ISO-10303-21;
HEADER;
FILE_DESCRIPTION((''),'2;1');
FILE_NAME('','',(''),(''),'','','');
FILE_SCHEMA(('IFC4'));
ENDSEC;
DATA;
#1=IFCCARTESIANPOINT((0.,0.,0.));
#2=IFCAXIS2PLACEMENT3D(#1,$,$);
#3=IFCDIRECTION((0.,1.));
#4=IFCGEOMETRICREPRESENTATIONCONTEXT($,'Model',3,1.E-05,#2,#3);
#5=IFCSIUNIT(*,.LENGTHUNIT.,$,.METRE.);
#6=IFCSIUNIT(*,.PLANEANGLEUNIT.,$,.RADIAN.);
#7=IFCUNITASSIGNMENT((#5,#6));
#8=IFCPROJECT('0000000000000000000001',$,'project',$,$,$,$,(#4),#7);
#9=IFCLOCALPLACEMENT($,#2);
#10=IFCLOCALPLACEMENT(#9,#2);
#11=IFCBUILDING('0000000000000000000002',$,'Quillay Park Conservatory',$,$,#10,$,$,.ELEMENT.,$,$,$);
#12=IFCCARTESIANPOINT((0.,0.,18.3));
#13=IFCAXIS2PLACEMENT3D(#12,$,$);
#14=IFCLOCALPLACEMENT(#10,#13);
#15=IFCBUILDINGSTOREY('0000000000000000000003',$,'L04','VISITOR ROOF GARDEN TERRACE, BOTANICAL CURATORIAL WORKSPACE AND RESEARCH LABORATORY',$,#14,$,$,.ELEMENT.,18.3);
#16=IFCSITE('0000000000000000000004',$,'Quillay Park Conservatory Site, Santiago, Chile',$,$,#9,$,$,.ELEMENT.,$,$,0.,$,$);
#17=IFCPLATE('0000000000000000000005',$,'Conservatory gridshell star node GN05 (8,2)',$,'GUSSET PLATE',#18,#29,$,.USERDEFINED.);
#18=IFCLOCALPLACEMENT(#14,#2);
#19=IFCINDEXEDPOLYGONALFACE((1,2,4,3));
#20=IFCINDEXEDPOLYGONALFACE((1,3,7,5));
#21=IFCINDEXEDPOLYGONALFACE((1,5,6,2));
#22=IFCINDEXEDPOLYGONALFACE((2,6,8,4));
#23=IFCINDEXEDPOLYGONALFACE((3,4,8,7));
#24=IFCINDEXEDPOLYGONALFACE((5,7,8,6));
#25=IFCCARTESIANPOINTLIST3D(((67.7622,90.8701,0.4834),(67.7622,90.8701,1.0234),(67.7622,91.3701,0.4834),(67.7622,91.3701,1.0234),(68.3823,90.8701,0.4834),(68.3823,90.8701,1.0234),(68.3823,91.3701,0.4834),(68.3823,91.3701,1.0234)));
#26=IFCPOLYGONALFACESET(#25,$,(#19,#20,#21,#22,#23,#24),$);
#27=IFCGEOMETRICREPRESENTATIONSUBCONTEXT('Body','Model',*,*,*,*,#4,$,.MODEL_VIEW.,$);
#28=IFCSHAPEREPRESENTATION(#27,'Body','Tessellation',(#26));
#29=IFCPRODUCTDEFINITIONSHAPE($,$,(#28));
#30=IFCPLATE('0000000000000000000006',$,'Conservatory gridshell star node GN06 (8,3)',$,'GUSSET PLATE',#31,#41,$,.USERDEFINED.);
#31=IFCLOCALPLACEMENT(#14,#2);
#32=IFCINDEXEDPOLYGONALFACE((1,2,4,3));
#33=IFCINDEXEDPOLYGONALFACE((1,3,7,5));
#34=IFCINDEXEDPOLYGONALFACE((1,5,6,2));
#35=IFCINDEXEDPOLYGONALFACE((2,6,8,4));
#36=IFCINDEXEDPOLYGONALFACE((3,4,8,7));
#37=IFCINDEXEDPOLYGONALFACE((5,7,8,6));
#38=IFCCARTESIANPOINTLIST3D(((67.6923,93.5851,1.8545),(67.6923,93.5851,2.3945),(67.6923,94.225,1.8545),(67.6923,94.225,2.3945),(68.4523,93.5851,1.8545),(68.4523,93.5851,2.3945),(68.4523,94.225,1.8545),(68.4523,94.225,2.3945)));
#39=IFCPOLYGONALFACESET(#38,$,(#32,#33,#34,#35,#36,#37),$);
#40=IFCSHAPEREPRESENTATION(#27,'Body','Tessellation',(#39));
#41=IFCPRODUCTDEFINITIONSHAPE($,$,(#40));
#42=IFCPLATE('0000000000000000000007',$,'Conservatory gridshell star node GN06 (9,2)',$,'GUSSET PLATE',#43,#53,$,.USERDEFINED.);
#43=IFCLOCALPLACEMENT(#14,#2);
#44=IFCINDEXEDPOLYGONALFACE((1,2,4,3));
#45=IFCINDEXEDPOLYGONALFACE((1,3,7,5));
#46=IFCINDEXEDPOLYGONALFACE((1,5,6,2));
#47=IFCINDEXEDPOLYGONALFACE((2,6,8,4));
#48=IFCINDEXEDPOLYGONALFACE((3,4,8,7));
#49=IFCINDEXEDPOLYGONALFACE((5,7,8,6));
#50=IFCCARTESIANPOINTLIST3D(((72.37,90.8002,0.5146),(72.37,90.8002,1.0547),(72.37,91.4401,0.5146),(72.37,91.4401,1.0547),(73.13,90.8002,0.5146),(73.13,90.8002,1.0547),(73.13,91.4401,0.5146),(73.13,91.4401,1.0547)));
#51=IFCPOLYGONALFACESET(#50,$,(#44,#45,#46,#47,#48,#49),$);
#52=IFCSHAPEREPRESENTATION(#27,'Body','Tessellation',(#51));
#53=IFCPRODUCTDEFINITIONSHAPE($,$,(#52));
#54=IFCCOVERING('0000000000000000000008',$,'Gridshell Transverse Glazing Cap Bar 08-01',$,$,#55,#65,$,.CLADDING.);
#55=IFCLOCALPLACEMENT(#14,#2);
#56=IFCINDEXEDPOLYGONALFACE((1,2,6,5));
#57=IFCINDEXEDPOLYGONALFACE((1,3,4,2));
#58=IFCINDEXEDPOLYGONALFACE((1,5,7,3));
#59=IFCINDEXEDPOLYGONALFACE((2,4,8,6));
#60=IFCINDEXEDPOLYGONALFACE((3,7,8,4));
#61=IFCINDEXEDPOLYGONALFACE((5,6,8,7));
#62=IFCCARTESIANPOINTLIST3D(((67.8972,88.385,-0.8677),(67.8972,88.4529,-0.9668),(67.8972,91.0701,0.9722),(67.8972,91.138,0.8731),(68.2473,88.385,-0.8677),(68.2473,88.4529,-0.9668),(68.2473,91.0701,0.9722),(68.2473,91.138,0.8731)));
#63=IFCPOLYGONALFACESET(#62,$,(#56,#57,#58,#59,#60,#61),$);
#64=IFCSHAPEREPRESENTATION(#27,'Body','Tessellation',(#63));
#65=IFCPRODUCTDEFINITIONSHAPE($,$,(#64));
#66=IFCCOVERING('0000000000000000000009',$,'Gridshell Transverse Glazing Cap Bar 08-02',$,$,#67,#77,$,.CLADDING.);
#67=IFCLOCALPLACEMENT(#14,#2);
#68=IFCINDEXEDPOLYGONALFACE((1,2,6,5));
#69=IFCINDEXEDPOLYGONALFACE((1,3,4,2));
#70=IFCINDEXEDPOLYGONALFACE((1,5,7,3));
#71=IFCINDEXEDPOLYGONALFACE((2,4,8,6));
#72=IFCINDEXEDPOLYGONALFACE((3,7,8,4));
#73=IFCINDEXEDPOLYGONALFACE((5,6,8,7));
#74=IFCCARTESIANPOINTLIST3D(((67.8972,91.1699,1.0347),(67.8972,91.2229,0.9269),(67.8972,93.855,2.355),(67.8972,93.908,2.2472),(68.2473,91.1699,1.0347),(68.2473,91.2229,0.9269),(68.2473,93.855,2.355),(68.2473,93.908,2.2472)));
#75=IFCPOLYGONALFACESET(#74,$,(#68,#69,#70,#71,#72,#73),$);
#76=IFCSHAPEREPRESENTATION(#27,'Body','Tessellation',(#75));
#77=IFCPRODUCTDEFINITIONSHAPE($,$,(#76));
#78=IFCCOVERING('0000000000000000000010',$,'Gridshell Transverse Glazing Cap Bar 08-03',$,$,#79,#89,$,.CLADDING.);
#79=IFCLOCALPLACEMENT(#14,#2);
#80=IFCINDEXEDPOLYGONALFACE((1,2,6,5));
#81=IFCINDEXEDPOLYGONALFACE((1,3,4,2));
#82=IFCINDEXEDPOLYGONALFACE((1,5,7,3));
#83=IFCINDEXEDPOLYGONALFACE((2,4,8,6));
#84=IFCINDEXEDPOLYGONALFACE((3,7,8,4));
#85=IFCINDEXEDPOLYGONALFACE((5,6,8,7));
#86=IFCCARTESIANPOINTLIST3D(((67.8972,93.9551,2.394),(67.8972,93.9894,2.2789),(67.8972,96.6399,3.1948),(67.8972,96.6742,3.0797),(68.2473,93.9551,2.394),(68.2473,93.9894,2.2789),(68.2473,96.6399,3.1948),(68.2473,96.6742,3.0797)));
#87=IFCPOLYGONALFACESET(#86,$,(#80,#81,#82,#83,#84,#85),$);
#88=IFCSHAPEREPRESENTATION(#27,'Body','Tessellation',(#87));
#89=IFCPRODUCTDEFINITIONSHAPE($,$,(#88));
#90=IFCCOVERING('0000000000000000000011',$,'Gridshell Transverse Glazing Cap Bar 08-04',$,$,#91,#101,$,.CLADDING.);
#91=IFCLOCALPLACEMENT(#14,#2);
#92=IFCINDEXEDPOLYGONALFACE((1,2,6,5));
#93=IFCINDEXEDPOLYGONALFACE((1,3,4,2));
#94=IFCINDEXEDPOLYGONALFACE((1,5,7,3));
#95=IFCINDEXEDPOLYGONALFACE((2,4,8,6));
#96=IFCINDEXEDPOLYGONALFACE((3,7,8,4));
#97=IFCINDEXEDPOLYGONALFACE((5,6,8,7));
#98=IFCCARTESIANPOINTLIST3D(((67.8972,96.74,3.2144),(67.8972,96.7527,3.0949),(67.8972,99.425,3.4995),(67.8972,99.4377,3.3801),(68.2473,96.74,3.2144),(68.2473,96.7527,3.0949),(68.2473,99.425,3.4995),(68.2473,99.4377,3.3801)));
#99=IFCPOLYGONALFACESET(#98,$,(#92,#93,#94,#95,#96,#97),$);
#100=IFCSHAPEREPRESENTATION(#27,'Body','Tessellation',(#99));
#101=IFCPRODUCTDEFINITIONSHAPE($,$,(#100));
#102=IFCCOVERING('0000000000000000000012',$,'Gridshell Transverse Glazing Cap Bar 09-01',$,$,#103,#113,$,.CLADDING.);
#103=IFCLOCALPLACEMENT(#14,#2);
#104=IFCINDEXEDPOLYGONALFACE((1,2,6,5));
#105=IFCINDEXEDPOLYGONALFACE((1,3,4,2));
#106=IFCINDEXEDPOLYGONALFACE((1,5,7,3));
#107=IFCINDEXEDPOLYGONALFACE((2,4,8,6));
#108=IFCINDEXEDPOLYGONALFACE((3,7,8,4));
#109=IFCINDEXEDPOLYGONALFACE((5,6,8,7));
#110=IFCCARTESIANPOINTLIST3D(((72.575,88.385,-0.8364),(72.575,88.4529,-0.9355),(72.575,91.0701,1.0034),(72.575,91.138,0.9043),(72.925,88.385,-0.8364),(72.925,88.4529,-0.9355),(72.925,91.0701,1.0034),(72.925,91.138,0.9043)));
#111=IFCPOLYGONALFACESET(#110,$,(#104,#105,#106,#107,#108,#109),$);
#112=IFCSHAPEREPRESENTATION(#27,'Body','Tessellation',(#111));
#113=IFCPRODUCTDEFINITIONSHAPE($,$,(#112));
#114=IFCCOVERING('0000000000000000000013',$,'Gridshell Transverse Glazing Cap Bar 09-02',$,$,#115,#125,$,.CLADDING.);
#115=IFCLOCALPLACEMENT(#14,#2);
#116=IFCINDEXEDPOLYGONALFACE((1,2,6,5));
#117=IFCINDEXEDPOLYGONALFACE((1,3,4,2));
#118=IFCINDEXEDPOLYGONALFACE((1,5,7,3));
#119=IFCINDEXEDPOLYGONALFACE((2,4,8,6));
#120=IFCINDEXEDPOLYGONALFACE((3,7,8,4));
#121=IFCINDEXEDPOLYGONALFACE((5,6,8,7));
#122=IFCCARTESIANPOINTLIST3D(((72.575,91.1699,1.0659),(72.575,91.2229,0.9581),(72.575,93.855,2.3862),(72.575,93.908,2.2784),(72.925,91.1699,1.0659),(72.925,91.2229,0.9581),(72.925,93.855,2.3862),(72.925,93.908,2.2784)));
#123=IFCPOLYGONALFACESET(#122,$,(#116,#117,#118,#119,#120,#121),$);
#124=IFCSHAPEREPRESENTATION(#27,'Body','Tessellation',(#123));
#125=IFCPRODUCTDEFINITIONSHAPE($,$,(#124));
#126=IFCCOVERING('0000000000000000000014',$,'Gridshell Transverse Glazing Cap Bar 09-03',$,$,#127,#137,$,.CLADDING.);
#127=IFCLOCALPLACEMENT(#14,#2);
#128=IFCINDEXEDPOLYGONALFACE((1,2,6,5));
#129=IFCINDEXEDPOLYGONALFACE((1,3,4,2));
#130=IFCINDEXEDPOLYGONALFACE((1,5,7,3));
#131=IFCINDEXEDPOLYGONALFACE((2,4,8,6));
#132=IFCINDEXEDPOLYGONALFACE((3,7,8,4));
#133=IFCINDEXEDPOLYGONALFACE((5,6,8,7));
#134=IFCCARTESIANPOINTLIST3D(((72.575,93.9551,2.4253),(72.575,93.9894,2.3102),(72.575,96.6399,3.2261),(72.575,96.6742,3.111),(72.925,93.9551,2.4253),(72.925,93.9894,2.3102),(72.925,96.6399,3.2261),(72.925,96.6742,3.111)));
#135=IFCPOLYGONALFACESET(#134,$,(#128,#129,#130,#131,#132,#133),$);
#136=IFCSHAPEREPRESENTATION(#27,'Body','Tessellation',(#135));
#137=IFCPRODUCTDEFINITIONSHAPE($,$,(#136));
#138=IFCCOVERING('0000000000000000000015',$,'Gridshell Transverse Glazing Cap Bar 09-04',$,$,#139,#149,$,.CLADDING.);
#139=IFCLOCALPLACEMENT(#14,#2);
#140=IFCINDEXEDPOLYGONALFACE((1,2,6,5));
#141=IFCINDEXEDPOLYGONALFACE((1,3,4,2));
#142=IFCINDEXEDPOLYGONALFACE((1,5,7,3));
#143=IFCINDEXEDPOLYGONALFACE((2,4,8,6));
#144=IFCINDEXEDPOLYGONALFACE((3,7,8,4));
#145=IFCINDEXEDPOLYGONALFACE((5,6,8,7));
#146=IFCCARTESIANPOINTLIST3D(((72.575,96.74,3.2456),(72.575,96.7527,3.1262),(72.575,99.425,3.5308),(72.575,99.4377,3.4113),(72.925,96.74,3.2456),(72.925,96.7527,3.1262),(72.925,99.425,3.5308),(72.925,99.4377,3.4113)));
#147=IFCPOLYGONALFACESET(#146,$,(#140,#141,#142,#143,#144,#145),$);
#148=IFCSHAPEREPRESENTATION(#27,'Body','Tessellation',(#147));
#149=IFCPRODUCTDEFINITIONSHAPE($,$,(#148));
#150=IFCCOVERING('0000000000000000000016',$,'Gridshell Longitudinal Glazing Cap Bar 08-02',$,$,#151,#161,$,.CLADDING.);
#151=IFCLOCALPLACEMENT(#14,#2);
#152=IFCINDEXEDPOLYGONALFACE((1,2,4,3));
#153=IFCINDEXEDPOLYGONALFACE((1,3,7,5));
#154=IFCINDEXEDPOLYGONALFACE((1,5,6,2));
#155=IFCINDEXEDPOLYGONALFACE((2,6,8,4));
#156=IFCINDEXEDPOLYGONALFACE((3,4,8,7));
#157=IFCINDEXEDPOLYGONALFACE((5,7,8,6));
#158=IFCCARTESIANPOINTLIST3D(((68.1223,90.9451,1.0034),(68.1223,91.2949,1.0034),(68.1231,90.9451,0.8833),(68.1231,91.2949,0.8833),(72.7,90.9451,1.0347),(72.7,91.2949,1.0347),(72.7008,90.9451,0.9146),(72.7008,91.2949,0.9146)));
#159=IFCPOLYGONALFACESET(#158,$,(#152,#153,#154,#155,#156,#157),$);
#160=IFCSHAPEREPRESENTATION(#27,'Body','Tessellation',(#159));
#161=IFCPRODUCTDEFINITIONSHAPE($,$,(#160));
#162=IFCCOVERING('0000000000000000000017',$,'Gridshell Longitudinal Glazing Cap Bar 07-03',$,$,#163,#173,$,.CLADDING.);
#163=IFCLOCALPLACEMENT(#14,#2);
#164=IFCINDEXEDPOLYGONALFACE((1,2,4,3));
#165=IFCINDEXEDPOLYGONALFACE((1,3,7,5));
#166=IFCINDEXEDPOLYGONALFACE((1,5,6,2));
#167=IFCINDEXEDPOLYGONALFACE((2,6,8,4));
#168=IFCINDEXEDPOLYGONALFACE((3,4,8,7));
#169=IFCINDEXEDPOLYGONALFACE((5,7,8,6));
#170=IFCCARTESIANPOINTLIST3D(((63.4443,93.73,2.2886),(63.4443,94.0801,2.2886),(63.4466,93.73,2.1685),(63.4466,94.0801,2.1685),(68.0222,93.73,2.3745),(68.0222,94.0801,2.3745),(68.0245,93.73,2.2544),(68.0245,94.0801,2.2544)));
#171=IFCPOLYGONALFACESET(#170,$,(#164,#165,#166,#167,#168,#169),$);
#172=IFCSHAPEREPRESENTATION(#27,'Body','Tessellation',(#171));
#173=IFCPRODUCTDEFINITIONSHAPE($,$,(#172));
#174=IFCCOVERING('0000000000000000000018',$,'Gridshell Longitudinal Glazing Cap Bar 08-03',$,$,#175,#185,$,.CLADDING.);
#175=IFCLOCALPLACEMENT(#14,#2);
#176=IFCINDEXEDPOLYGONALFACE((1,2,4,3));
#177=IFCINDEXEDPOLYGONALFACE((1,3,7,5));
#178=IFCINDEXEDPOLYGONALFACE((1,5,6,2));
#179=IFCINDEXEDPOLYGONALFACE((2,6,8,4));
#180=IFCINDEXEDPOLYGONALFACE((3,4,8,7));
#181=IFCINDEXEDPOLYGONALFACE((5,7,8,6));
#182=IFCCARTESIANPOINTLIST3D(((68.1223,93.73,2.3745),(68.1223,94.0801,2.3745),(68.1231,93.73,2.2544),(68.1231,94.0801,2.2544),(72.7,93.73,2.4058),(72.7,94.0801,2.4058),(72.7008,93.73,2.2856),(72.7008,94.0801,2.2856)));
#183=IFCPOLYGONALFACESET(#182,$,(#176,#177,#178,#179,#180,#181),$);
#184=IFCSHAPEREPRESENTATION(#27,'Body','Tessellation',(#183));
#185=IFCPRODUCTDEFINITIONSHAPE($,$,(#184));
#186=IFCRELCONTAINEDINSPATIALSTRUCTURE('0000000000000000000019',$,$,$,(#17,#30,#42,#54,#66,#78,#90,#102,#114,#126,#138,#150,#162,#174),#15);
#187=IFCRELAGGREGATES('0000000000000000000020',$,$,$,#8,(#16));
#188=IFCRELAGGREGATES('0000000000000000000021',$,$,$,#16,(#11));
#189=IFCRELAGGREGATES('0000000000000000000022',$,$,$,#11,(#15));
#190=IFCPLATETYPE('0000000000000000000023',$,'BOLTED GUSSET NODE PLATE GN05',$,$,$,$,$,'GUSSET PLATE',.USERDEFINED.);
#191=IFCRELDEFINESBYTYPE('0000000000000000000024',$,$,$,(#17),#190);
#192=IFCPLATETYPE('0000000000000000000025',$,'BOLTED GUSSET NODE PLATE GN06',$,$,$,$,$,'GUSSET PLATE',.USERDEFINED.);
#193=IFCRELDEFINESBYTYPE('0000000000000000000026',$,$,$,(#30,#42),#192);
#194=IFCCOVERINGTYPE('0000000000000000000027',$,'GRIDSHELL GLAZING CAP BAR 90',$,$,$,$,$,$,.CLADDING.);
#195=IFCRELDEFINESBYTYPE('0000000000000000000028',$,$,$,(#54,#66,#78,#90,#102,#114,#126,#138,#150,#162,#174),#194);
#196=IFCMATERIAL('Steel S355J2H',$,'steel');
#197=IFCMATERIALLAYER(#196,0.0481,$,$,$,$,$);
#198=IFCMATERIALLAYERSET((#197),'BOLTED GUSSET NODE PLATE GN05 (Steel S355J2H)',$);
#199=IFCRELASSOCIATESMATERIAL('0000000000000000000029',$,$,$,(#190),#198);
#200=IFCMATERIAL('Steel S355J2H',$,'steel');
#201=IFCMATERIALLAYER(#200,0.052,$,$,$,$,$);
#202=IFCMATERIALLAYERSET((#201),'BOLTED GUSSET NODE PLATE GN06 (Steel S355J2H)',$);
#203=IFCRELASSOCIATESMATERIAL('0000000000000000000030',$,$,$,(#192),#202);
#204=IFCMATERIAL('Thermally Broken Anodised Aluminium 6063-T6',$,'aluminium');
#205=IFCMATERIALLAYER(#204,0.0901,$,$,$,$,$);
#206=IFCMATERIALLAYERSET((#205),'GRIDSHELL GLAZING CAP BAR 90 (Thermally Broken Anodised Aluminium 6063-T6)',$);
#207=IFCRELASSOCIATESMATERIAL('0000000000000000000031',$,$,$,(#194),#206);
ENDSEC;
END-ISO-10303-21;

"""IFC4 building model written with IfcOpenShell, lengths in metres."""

from ifc_helpers import new_model, si_unit, direction, frame, origin, origin_2d, place, context, subcontext, project, spatial, polyline, rectangle, outline, extrude, material, layer, layer_set, type_object, element, save


model = new_model("IFC4")

# Units and contexts
model_context = context("Model", 3, precision=1e-05, world=origin(), true_north=direction((0.0, 1.0)))
body_context = subcontext(model_context, "Body", "Model", "MODEL_VIEW")
ifc_project = project(units=[si_unit("LENGTHUNIT", "METRE"), si_unit("PLANEANGLEUNIT", "RADIAN")], contexts=[model_context])

# Site, building, storey
site_placement = place(None, origin())
site = spatial("IfcSite", under=ifc_project, at=site_placement, Name="Quillay Park Conservatory Site, Santiago, Chile", CompositionType="ELEMENT", RefElevation=0.0)
building_placement = place(site_placement, origin())
building = spatial("IfcBuilding", under=site, at=building_placement, Name="Quillay Park Conservatory", CompositionType="ELEMENT")
storey_placement = place(building_placement, frame((0.0, 0.0, 18.3)))
storey = spatial("IfcBuildingStorey", under=building, at=storey_placement, Name="L04", Description="VISITOR ROOF GARDEN TERRACE, BOTANICAL CURATORIAL WORKSPACE AND RESEARCH LABORATORY", CompositionType="ELEMENT", Elevation=18.3)

# Plates
ifc_material_1 = material(Name="Steel S355J2H", Category="steel")
ifc_layer_1 = layer(ifc_material_1, 0.0481)
ifc_layer_set_1 = layer_set([ifc_layer_1], Name="BOLTED GUSSET NODE PLATE GN05 (Steel S355J2H)")
plate_type_1 = type_object("IfcPlateType", Name="BOLTED GUSSET NODE PLATE GN05", ElementType="GUSSET PLATE", PredefinedType="USERDEFINED", material=ifc_layer_set_1)
plate_1_placement = place(storey_placement, frame((68.0723, 91.1201, 0.4834), z_axis=(0.0, 0.0, 1.0), x_axis=(1.0, 0.0, 0.0)))
element("IfcPlate", 1, at=plate_1_placement, inside=storey, type_object=plate_type_1, Name="Conservatory gridshell star node GN05 (8,2)", ObjectType="GUSSET PLATE", PredefinedType="USERDEFINED", context=body_context, shape_type="SweptSolid", body=[
    extrude(rectangle(XDim=0.6201, YDim=0.5, at=origin_2d()), origin(), (0.0, 0.0, 1.0), 0.54),
])
ifc_material_2 = material(Name="Steel S355J2H", Category="steel")
ifc_layer_2 = layer(ifc_material_2, 0.052)
ifc_layer_set_2 = layer_set([ifc_layer_2], Name="BOLTED GUSSET NODE PLATE GN06 (Steel S355J2H)")
plate_type_2 = type_object("IfcPlateType", Name="BOLTED GUSSET NODE PLATE GN06", ElementType="GUSSET PLATE", PredefinedType="USERDEFINED", material=ifc_layer_set_2)
for number, where, z_axis, x_axis, name in (
    (2, (68.0723, 93.905, 1.8545), (0.0, 0.0, 1.0), (1.0, 0.0, 0.0), "Conservatory gridshell star node GN06 (8,3)"),
    (3, (72.75, 91.1201, 0.5146), (0.0, 0.0, 1.0), (1.0, 0.0, 0.0), "Conservatory gridshell star node GN06 (9,2)"),
):
    element("IfcPlate", number, at=place(storey_placement, frame(where, z_axis=z_axis, x_axis=x_axis)), inside=storey, type_object=plate_type_2, Name=name, ObjectType="GUSSET PLATE", PredefinedType="USERDEFINED", context=body_context, shape_type="SweptSolid", body=[
        extrude(rectangle(XDim=0.76, YDim=0.6399, at=origin_2d()), origin(), (0.0, 0.0, 1.0), 0.54),
    ])

# Coverings
ifc_material_3 = material(Name="Thermally Broken Anodised Aluminium 6063-T6", Category="aluminium")
ifc_layer_3 = layer(ifc_material_3, 0.0901)
ifc_layer_set_3 = layer_set([ifc_layer_3], Name="GRIDSHELL GLAZING CAP BAR 90 (Thermally Broken Anodised Aluminium 6063-T6)")
covering_type = type_object("IfcCoveringType", Name="GRIDSHELL GLAZING CAP BAR 90", PredefinedType="CLADDING", material=ifc_layer_set_3)
covering_1_placement = place(storey_placement, frame((67.8972, 88.385, -0.8677), z_axis=(0.0, -0.565248, 0.824921), x_axis=(1.0, 0.0, 0.0)))
element("IfcCovering", 4, at=covering_1_placement, inside=storey, type_object=covering_type, Name="Gridshell Transverse Glazing Cap Bar 08-01", PredefinedType="CLADDING", context=body_context, shape_type="SweptSolid", body=[
    extrude(outline(polyline([(0.0, 0.0), (0.3501, 0.0), (0.3501, 3.2549), (0.0, 3.2549), (0.0, 0.0)])), origin(), (0.0, 0.0, -1.0), 0.1201),
])
covering_2_placement = place(storey_placement, frame((67.8972, 91.1699, 1.0347), z_axis=(0.0, -0.441264, 0.897378), x_axis=(1.0, 0.0, 0.0)))
element("IfcCovering", 5, at=covering_2_placement, inside=storey, type_object=covering_type, Name="Gridshell Transverse Glazing Cap Bar 08-02", PredefinedType="CLADDING", context=body_context, shape_type="SweptSolid", body=[
    extrude(outline(polyline([(0.0, 0.0), (0.3501, 0.0), (0.3501, 2.9921), (0.0, 2.9921), (0.0, 0.0)])), origin(), (0.0, 0.0, -1.0), 0.1201),
])
covering_3_placement = place(storey_placement, frame((67.8972, 93.9551, 2.394), z_axis=(0.0, -0.285821, 0.958283), x_axis=(1.0, 0.0, 0.0)))
element("IfcCovering", 6, at=covering_3_placement, inside=storey, type_object=covering_type, Name="Gridshell Transverse Glazing Cap Bar 08-03", PredefinedType="CLADDING", context=body_context, shape_type="SweptSolid", body=[
    extrude(outline(polyline([(0.0, 0.0), (0.3501, 0.0), (0.3501, 2.8017), (0.0, 2.8017), (0.0, 0.0)])), origin(), (0.0, 0.0, -1.0), 0.1201),
])
covering_4_placement = place(storey_placement, frame((67.8972, 96.74, 3.2144), z_axis=(0.0, -0.105607, 0.994408), x_axis=(1.0, 0.0, 0.0)))
element("IfcCovering", 7, at=covering_4_placement, inside=storey, type_object=covering_type, Name="Gridshell Transverse Glazing Cap Bar 08-04", PredefinedType="CLADDING", context=body_context, shape_type="SweptSolid", body=[
    extrude(outline(polyline([(0.0, 0.0), (0.3501, 0.0), (0.3501, 2.7002), (0.0, 2.7002), (0.0, 0.0)])), origin(), (0.0, 0.0, -1.0), 0.1201),
])
covering_5_placement = place(storey_placement, frame((72.575, 88.385, -0.8364), z_axis=(0.0, -0.565248, 0.824921), x_axis=(1.0, 0.0, 0.0)))
element("IfcCovering", 8, at=covering_5_placement, inside=storey, type_object=covering_type, Name="Gridshell Transverse Glazing Cap Bar 09-01", PredefinedType="CLADDING", context=body_context, shape_type="SweptSolid", body=[
    extrude(outline(polyline([(0.0, 0.0), (0.3501, 0.0), (0.3501, 3.2549), (0.0, 3.2549), (0.0, 0.0)])), origin(), (0.0, 0.0, -1.0), 0.1201),
])
covering_6_placement = place(storey_placement, frame((72.575, 91.1699, 1.0659), z_axis=(0.0, -0.441264, 0.897378), x_axis=(1.0, 0.0, 0.0)))
element("IfcCovering", 9, at=covering_6_placement, inside=storey, type_object=covering_type, Name="Gridshell Transverse Glazing Cap Bar 09-02", PredefinedType="CLADDING", context=body_context, shape_type="SweptSolid", body=[
    extrude(outline(polyline([(0.0, 0.0), (0.3501, 0.0), (0.3501, 2.9921), (0.0, 2.9921), (0.0, 0.0)])), origin(), (0.0, 0.0, -1.0), 0.1201),
])
covering_7_placement = place(storey_placement, frame((72.575, 93.9551, 2.4253), z_axis=(0.0, -0.285821, 0.958283), x_axis=(1.0, 0.0, 0.0)))
element("IfcCovering", 10, at=covering_7_placement, inside=storey, type_object=covering_type, Name="Gridshell Transverse Glazing Cap Bar 09-03", PredefinedType="CLADDING", context=body_context, shape_type="SweptSolid", body=[
    extrude(outline(polyline([(0.0, 0.0), (0.3501, 0.0), (0.3501, 2.8017), (0.0, 2.8017), (0.0, 0.0)])), origin(), (0.0, 0.0, -1.0), 0.1201),
])
covering_8_placement = place(storey_placement, frame((72.575, 96.74, 3.2456), z_axis=(0.0, -0.105607, 0.994408), x_axis=(1.0, 0.0, 0.0)))
element("IfcCovering", 11, at=covering_8_placement, inside=storey, type_object=covering_type, Name="Gridshell Transverse Glazing Cap Bar 09-04", PredefinedType="CLADDING", context=body_context, shape_type="SweptSolid", body=[
    extrude(outline(polyline([(0.0, 0.0), (0.3501, 0.0), (0.3501, 2.7002), (0.0, 2.7002), (0.0, 0.0)])), origin(), (0.0, 0.0, -1.0), 0.1201),
])
covering_9_placement = place(storey_placement, frame((68.1223, 90.9451, 1.0034), z_axis=(-0.006827, 0.0, 0.999977), x_axis=(0.999977, 0.0, 0.006827)))
element("IfcCovering", 12, at=covering_9_placement, inside=storey, type_object=covering_type, Name="Gridshell Longitudinal Glazing Cap Bar 08-02", PredefinedType="CLADDING", context=body_context, shape_type="SweptSolid", body=[
    extrude(outline(polyline([(0.0, 0.0), (4.5777, 0.0), (4.5777, 0.3499), (0.0, 0.3499), (0.0, 0.0)])), origin(), (0.0, 0.0, -1.0), 0.1201),
])
covering_10_placement = place(storey_placement, frame((63.4443, 93.73, 2.2886), z_axis=(-0.018769, 0.0, 0.999824), x_axis=(0.999824, 0.0, 0.018769)))
element("IfcCovering", 13, at=covering_10_placement, inside=storey, type_object=covering_type, Name="Gridshell Longitudinal Glazing Cap Bar 07-03", PredefinedType="CLADDING", context=body_context, shape_type="SweptSolid", body=[
    extrude(outline(polyline([(0.0, 0.0), (4.5787, 0.0), (4.5787, 0.3501), (0.0, 0.3501), (0.0, 0.0)])), origin(), (0.0, 0.0, -1.0), 0.1201),
])
covering_11_placement = place(storey_placement, frame((68.1223, 93.73, 2.3745), z_axis=(-0.006827, 0.0, 0.999977), x_axis=(0.999977, 0.0, 0.006827)))
element("IfcCovering", 14, at=covering_11_placement, inside=storey, type_object=covering_type, Name="Gridshell Longitudinal Glazing Cap Bar 08-03", PredefinedType="CLADDING", context=body_context, shape_type="SweptSolid", body=[
    extrude(outline(polyline([(0.0, 0.0), (4.5777, 0.0), (4.5777, 0.3501), (0.0, 0.3501), (0.0, 0.0)])), origin(), (0.0, 0.0, -1.0), 0.1201),
])

save(model, "model.ifc")
